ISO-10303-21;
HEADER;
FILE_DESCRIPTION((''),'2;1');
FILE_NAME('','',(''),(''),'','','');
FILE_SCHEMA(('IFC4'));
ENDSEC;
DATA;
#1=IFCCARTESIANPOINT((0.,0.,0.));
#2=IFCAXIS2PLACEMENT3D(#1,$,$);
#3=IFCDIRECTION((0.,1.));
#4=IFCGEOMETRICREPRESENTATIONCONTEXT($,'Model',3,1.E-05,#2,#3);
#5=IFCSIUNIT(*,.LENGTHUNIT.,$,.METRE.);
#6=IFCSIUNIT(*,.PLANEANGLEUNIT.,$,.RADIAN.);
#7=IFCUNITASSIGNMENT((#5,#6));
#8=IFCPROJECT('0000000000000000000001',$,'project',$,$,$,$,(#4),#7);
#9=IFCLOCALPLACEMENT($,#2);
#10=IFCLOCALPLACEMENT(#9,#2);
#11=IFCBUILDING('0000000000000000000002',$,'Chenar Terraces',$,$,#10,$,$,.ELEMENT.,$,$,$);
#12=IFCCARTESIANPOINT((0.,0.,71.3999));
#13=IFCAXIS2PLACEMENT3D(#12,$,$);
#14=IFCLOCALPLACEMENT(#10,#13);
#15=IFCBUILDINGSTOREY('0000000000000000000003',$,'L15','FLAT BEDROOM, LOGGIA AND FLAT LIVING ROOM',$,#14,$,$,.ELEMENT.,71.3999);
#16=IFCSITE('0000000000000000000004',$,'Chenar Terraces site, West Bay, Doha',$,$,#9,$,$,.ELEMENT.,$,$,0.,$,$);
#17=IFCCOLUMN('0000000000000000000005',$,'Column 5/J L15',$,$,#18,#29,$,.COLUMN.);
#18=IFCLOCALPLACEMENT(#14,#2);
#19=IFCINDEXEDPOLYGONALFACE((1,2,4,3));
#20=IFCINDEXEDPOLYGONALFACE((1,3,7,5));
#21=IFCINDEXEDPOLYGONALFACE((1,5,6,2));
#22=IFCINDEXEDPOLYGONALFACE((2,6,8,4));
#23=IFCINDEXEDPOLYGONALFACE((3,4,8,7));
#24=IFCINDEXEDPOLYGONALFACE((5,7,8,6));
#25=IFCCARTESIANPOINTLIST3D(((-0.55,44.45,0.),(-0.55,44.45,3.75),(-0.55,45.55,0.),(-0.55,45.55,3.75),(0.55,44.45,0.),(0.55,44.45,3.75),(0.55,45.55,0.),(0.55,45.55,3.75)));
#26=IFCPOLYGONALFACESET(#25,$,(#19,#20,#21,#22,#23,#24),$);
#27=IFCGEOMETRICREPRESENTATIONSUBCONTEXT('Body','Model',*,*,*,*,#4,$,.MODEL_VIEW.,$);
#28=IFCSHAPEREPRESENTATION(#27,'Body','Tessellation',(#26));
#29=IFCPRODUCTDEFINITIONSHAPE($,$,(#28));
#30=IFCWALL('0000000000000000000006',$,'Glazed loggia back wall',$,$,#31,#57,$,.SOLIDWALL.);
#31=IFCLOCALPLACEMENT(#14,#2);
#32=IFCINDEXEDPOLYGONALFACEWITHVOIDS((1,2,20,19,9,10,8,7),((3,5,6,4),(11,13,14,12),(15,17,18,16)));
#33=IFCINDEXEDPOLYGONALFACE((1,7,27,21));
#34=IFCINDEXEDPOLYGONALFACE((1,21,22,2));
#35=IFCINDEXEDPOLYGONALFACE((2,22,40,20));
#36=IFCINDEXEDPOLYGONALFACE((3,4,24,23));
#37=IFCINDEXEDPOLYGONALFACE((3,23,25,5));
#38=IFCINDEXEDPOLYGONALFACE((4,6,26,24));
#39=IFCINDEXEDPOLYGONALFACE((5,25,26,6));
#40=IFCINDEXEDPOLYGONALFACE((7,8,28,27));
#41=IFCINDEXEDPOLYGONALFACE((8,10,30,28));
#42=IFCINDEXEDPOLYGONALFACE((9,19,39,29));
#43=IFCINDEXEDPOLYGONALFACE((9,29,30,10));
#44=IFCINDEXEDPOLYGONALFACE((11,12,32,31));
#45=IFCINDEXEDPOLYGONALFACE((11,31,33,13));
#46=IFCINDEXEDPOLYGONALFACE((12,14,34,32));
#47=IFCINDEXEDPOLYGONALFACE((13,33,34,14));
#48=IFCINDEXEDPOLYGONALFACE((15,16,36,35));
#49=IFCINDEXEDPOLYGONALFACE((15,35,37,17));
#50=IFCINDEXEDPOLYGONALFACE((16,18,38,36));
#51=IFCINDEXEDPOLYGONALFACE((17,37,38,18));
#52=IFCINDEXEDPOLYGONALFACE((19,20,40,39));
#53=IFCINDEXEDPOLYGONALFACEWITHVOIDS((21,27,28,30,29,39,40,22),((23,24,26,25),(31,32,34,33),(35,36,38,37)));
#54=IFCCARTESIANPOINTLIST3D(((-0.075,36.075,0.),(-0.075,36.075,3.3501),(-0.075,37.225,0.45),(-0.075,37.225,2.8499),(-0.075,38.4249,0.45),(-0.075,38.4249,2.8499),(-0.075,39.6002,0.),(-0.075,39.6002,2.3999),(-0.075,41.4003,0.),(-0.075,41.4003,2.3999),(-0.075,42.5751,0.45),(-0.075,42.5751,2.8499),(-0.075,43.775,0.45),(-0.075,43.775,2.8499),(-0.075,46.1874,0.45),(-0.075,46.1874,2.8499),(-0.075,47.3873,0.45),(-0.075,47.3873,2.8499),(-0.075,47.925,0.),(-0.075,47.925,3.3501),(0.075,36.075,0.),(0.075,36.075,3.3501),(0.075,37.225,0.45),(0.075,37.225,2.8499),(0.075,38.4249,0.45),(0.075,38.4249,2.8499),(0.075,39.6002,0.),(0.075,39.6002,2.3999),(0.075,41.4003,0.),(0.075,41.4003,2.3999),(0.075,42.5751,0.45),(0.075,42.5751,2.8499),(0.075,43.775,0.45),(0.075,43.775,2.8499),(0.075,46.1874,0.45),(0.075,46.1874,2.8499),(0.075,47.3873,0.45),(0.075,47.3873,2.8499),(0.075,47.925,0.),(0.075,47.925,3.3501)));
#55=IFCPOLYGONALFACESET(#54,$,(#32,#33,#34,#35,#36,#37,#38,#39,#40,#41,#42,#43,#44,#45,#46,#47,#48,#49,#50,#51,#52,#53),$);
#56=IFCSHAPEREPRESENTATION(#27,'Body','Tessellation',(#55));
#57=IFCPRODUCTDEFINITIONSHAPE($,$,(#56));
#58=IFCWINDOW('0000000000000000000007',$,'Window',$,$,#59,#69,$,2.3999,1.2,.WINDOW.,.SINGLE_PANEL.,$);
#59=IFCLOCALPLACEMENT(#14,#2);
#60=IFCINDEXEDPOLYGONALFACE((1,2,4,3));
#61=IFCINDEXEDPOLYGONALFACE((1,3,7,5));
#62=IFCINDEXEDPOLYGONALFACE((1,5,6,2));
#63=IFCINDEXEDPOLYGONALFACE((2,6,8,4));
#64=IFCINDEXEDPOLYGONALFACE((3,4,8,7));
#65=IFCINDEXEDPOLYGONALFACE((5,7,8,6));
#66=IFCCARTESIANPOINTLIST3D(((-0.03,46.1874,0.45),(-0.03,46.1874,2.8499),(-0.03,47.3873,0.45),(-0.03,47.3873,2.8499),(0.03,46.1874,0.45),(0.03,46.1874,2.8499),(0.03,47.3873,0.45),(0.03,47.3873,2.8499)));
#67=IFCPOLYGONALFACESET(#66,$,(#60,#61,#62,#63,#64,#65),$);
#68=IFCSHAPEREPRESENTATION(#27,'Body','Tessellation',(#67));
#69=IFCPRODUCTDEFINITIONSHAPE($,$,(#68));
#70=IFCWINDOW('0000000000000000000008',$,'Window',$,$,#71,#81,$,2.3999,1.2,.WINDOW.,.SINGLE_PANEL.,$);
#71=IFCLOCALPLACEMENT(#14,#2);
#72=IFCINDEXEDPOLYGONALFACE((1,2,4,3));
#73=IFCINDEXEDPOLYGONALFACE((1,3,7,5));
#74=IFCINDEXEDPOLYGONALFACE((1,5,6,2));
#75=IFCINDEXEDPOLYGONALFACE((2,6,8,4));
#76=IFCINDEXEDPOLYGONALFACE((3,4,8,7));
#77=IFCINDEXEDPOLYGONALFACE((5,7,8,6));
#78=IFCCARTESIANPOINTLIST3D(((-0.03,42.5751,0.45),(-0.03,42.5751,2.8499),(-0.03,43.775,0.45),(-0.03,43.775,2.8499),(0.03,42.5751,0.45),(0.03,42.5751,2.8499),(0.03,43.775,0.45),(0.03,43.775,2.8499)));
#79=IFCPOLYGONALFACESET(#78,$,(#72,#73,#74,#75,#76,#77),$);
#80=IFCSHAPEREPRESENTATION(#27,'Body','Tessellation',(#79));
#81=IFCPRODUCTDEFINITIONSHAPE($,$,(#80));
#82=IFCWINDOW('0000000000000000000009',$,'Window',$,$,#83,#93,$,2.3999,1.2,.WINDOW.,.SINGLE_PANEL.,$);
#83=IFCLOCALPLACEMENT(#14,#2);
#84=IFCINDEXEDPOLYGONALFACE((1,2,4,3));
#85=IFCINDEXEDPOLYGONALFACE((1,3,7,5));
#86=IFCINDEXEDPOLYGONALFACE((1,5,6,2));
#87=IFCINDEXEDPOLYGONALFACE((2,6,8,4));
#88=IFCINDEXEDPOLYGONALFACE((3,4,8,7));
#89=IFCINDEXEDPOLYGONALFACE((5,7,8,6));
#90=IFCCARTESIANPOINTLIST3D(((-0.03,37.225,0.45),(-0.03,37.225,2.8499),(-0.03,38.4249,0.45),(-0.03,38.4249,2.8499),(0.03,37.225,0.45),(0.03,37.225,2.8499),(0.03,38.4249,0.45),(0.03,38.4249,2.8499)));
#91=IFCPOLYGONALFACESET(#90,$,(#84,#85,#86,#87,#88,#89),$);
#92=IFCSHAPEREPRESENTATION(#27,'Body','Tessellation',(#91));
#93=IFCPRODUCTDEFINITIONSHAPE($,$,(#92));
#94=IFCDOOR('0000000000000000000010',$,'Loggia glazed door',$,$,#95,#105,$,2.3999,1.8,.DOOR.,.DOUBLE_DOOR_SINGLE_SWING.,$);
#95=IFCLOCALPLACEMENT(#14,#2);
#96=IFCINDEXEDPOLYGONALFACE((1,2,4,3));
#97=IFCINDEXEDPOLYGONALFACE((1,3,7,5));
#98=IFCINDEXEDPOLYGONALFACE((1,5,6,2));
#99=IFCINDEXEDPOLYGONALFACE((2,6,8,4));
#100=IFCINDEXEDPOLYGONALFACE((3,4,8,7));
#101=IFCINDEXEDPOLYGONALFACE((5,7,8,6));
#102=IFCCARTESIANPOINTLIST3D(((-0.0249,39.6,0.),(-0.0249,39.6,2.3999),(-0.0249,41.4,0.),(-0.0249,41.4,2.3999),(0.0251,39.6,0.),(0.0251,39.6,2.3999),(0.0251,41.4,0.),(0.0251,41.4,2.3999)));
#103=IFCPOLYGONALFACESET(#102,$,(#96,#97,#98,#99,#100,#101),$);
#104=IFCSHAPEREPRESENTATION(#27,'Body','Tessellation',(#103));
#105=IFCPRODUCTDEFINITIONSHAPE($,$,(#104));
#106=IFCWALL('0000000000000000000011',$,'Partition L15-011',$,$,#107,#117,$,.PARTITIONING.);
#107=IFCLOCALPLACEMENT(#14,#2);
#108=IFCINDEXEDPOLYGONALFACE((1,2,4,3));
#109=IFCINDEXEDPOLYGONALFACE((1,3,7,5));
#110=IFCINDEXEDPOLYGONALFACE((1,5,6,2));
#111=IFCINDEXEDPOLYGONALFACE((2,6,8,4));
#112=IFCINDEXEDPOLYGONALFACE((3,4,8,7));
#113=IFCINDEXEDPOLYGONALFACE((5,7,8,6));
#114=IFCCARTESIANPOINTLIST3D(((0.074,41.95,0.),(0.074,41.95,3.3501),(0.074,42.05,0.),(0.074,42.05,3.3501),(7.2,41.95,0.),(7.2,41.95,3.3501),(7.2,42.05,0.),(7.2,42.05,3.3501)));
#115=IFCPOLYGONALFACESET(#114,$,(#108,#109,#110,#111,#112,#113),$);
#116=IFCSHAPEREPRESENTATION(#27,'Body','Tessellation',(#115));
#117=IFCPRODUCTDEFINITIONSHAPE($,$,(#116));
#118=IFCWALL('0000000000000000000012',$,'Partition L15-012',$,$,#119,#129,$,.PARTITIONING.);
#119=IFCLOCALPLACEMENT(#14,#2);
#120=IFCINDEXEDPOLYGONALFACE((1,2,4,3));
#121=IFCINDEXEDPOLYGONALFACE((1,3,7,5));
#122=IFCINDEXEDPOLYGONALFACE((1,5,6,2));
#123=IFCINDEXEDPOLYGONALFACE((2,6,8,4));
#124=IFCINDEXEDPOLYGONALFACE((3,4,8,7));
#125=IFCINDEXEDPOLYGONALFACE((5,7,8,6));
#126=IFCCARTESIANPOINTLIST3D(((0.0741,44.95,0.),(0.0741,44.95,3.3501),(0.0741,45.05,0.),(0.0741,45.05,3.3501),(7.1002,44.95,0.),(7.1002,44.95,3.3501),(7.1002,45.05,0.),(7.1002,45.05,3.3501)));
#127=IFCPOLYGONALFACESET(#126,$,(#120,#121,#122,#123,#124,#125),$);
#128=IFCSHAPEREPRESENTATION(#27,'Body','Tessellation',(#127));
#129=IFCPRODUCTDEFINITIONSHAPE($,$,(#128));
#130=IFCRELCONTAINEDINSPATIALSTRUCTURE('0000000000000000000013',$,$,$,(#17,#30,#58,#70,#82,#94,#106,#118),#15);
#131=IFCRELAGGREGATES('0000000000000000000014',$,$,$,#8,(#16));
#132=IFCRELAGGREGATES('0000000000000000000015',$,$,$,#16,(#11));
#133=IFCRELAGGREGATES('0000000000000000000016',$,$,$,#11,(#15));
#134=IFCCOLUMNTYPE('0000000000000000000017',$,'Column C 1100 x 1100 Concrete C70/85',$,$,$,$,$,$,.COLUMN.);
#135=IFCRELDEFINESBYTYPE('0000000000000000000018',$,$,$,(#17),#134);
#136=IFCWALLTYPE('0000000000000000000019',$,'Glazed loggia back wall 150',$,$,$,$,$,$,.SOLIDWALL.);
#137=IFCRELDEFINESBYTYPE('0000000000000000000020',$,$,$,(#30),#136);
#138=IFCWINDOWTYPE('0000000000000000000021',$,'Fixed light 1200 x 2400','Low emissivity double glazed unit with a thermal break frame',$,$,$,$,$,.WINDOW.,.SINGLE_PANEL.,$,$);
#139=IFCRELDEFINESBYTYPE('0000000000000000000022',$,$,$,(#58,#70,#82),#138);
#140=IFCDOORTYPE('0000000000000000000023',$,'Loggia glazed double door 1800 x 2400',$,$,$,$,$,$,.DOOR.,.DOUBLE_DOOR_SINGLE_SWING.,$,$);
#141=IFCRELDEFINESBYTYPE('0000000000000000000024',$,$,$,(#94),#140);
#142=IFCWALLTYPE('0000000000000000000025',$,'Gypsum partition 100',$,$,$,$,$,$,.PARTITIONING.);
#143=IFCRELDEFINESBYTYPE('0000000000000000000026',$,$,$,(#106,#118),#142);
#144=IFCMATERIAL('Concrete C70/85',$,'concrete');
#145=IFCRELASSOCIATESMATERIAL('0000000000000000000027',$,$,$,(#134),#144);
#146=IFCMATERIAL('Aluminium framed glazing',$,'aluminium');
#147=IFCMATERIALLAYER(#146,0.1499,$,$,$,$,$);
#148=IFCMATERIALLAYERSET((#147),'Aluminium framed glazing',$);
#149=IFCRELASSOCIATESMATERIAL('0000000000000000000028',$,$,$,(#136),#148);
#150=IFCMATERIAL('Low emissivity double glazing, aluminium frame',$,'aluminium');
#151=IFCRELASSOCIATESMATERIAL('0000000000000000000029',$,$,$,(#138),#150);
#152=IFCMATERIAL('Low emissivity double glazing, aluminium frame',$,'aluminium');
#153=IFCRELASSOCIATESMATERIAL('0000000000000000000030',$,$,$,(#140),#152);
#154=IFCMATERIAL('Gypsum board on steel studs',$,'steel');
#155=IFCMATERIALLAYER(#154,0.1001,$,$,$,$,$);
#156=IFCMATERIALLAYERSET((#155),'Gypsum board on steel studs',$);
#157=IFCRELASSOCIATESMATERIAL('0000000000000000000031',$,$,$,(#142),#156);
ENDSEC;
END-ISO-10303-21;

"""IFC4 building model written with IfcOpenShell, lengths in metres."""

from ifc_helpers import new_model, si_unit, direction, frame, frame_2d, origin, origin_2d, place, context, subcontext, project, spatial, rectangle, extrude, material, layer, layer_set, material_profile, profile_set, type_object, element, fill, save


model = new_model("IFC4")

# Units and contexts
model_context = context("Model", 3, precision=1e-05, world=origin(), true_north=direction((0.0, 1.0)))
body_context = subcontext(model_context, "Body", "Model", "MODEL_VIEW")
ifc_project = project(units=[si_unit("LENGTHUNIT", "METRE"), si_unit("PLANEANGLEUNIT", "RADIAN")], contexts=[model_context])

# Site, building, storey
site_placement = place(None, origin())
site = spatial("IfcSite", under=ifc_project, at=site_placement, Name="Chenar Terraces site, West Bay, Doha", CompositionType="ELEMENT", RefElevation=0.0)
building_placement = place(site_placement, origin())
building = spatial("IfcBuilding", under=site, at=building_placement, Name="Chenar Terraces", CompositionType="ELEMENT")
storey_placement = place(building_placement, frame((0.0, 0.0, 71.3999)))
storey = spatial("IfcBuildingStorey", under=building, at=storey_placement, Name="L15", Description="FLAT BEDROOM, LOGGIA AND FLAT LIVING ROOM", CompositionType="ELEMENT", Elevation=71.3999)

# Column
ifc_material_1 = material(Name="Concrete C70/85", Category="concrete")
ifc_material_profile_1 = material_profile(ifc_material_1, rectangle(XDim=1.1001, YDim=1.1001, at=origin_2d()), Name="C 1100 x 1100")
ifc_profile_set_1 = profile_set([ifc_material_profile_1], Name="Concrete C70/85")
column_type = type_object("IfcColumnType", Name="Column C 1100 x 1100 Concrete C70/85", PredefinedType="COLUMN", material=ifc_profile_set_1)
column_placement = place(storey_placement, frame((0.0, 45.0, 0.0), z_axis=(0.0, 0.0, 1.0), x_axis=(1.0, 0.0, 0.0)))
element("IfcColumn", 1, at=column_placement, inside=storey, type_object=column_type, Name="Column 5/J L15", PredefinedType="COLUMN", context=body_context, shape_type="SweptSolid", body=[
    extrude(rectangle(XDim=1.1001, YDim=1.1001, at=origin_2d()), origin(), (0.0, 0.0, 1.0), 3.75),
])

# Wall, openings, windows, door
ifc_material_2 = material(Name="Aluminium framed glazing", Category="aluminium")
ifc_layer_1 = layer(ifc_material_2, 0.1499)
ifc_layer_set_1 = layer_set([ifc_layer_1], Name="Aluminium framed glazing")
wall_type_1 = type_object("IfcWallType", Name="Glazed loggia back wall 150", PredefinedType="SOLIDWALL", material=ifc_layer_set_1)
wall_1_placement = place(storey_placement, frame((0.0, 47.925, 0.0), z_axis=(0.0, 0.0, 1.0), x_axis=(0.0, -1.0, 0.0)))
wall_1 = element("IfcWall", 2, at=wall_1_placement, inside=storey, type_object=wall_type_1, Name="Glazed loggia back wall", PredefinedType="SOLIDWALL", context=body_context, shape_type="SweptSolid", body=[
    extrude(rectangle(XDim=11.8501, YDim=0.1499, at=frame_2d((5.925, 0.0))), origin(), (0.0, 0.0, 1.0), 3.3501),
])
opening_1_placement = place(wall_1_placement, frame((0.5376, 0.0, 0.45)))
opening_1 = element("IfcOpeningElement", 3, at=opening_1_placement, cuts=wall_1, PredefinedType="OPENING", context=body_context, shape_type="SweptSolid", body=[
    extrude(rectangle(XDim=1.2, YDim=2.3999, at=frame_2d((0.6001, 1.2))), frame((0.0, 0.085, 0.0), z_axis=(0.0, -1.0, 0.0), x_axis=(1.0, 0.0, 0.0)), (0.0, 0.0, 1.0), 0.1699),
])
opening_2_placement = place(wall_1_placement, frame((4.1499, 0.0, 0.45)))
opening_2 = element("IfcOpeningElement", 4, at=opening_2_placement, cuts=wall_1, PredefinedType="OPENING", context=body_context, shape_type="SweptSolid", body=[
    extrude(rectangle(XDim=1.2, YDim=2.3999, at=frame_2d((0.6001, 1.2))), frame((0.0, 0.085, 0.0), z_axis=(0.0, -1.0, 0.0), x_axis=(1.0, 0.0, 0.0)), (0.0, 0.0, 1.0), 0.1699),
])
opening_3_placement = place(wall_1_placement, frame((6.5249, 0.0, 0.0)))
opening_3 = element("IfcOpeningElement", 5, at=opening_3_placement, cuts=wall_1, PredefinedType="OPENING", context=body_context, shape_type="SweptSolid", body=[
    extrude(rectangle(XDim=1.8, YDim=2.3999, at=frame_2d((0.8999, 1.2))), frame((0.0, 0.085, 0.0), z_axis=(0.0, -1.0, 0.0), x_axis=(1.0, 0.0, 0.0)), (0.0, 0.0, 1.0), 0.1699),
])
opening_4_placement = place(wall_1_placement, frame((9.5, 0.0, 0.45)))
opening_4 = element("IfcOpeningElement", 6, at=opening_4_placement, cuts=wall_1, PredefinedType="OPENING", context=body_context, shape_type="SweptSolid", body=[
    extrude(rectangle(XDim=1.2, YDim=2.3999, at=frame_2d((0.6001, 1.2))), frame((0.0, 0.085, 0.0), z_axis=(0.0, -1.0, 0.0), x_axis=(1.0, 0.0, 0.0)), (0.0, 0.0, 1.0), 0.1699),
])
ifc_material_3 = material(Name="Low emissivity double glazing, aluminium frame", Category="aluminium")
window_type = type_object("IfcWindowType", Name="Fixed light 1200 x 2400", Description="Low emissivity double glazed unit with a thermal break frame", PartitioningType="SINGLE_PANEL", PredefinedType="WINDOW", material=ifc_material_3)
window_1_placement = place(opening_1_placement, origin())
window_1 = element("IfcWindow", 7, at=window_1_placement, inside=storey, type_object=window_type, Name="Window", OverallHeight=2.3999, OverallWidth=1.2, PartitioningType="SINGLE_PANEL", PredefinedType="WINDOW", context=body_context, shape_type="SweptSolid", body=[
    extrude(rectangle(XDim=1.2, YDim=2.3999, at=frame_2d((0.6001, 1.2))), frame((0.0, 0.03, 0.0), z_axis=(0.0, -1.0, 0.0), x_axis=(1.0, 0.0, 0.0)), (0.0, 0.0, 1.0), 0.0601),
])
fill(opening_1, window_1)
window_2_placement = place(opening_2_placement, origin())
window_2 = element("IfcWindow", 8, at=window_2_placement, inside=storey, type_object=window_type, Name="Window", OverallHeight=2.3999, OverallWidth=1.2, PartitioningType="SINGLE_PANEL", PredefinedType="WINDOW", context=body_context, shape_type="SweptSolid", body=[
    extrude(rectangle(XDim=1.2, YDim=2.3999, at=frame_2d((0.6001, 1.2))), frame((0.0, 0.03, 0.0), z_axis=(0.0, -1.0, 0.0), x_axis=(1.0, 0.0, 0.0)), (0.0, 0.0, 1.0), 0.0601),
])
fill(opening_2, window_2)
window_3_placement = place(opening_4_placement, origin())
window_3 = element("IfcWindow", 9, at=window_3_placement, inside=storey, type_object=window_type, Name="Window", OverallHeight=2.3999, OverallWidth=1.2, PartitioningType="SINGLE_PANEL", PredefinedType="WINDOW", context=body_context, shape_type="SweptSolid", body=[
    extrude(rectangle(XDim=1.2, YDim=2.3999, at=frame_2d((0.6001, 1.2))), frame((0.0, 0.03, 0.0), z_axis=(0.0, -1.0, 0.0), x_axis=(1.0, 0.0, 0.0)), (0.0, 0.0, 1.0), 0.0601),
])
fill(opening_4, window_3)
ifc_material_4 = material(Name="Low emissivity double glazing, aluminium frame", Category="aluminium")
door_type_1 = type_object("IfcDoorType", Name="Loggia glazed double door 1800 x 2400", OperationType="DOUBLE_DOOR_SINGLE_SWING", PredefinedType="DOOR", material=ifc_material_4)
door_1_placement = place(opening_3_placement, frame((1.8, 0.0, 0.0), z_axis=(0.0, 0.0, 1.0), x_axis=(-1.0, 0.0, 0.0)))
door_1 = element("IfcDoor", 10, at=door_1_placement, inside=storey, type_object=door_type_1, Name="Loggia glazed door", OperationType="DOUBLE_DOOR_SINGLE_SWING", OverallHeight=2.3999, OverallWidth=1.8, PredefinedType="DOOR", context=body_context, shape_type="SweptSolid", body=[
    extrude(rectangle(XDim=1.8, YDim=2.3999, at=frame_2d((0.8999, 1.2))), frame((0.0, 0.0249, 0.0), z_axis=(0.0, -1.0, 0.0), x_axis=(1.0, 0.0, 0.0)), (0.0, 0.0, 1.0), 0.05),
])
fill(opening_3, door_1)

# Walls
ifc_material_5 = material(Name="Gypsum board on steel studs", Category="steel")
ifc_layer_2 = layer(ifc_material_5, 0.1001)
ifc_layer_set_2 = layer_set([ifc_layer_2], Name="Gypsum board on steel studs")
wall_type_2 = type_object("IfcWallType", Name="Gypsum partition 100", PredefinedType="PARTITIONING", material=ifc_layer_set_2)
wall_2_placement = place(storey_placement, frame((0.074, 42.0, 0.0), z_axis=(0.0, 0.0, 1.0), x_axis=(1.0, 0.0, 0.0)))
element("IfcWall", 11, at=wall_2_placement, inside=storey, type_object=wall_type_2, Name="Partition L15-011", PredefinedType="PARTITIONING", context=body_context, shape_type="SweptSolid", body=[
    extrude(rectangle(XDim=7.126, YDim=0.1001, at=frame_2d((3.563, 0.0))), origin(), (0.0, 0.0, 1.0), 3.3501),
])
wall_3_placement = place(storey_placement, frame((0.074, 45.0, 0.0), z_axis=(0.0, 0.0, 1.0), x_axis=(1.0, 0.0, 0.0)))
element("IfcWall", 12, at=wall_3_placement, inside=storey, type_object=wall_type_2, Name="Partition L15-012", PredefinedType="PARTITIONING", context=body_context, shape_type="SweptSolid", body=[
    extrude(rectangle(XDim=7.0261, YDim=0.1001, at=frame_2d((3.5132, 0.0))), origin(), (0.0, 0.0, 1.0), 3.3501),
])

save(model, "model.ifc")
